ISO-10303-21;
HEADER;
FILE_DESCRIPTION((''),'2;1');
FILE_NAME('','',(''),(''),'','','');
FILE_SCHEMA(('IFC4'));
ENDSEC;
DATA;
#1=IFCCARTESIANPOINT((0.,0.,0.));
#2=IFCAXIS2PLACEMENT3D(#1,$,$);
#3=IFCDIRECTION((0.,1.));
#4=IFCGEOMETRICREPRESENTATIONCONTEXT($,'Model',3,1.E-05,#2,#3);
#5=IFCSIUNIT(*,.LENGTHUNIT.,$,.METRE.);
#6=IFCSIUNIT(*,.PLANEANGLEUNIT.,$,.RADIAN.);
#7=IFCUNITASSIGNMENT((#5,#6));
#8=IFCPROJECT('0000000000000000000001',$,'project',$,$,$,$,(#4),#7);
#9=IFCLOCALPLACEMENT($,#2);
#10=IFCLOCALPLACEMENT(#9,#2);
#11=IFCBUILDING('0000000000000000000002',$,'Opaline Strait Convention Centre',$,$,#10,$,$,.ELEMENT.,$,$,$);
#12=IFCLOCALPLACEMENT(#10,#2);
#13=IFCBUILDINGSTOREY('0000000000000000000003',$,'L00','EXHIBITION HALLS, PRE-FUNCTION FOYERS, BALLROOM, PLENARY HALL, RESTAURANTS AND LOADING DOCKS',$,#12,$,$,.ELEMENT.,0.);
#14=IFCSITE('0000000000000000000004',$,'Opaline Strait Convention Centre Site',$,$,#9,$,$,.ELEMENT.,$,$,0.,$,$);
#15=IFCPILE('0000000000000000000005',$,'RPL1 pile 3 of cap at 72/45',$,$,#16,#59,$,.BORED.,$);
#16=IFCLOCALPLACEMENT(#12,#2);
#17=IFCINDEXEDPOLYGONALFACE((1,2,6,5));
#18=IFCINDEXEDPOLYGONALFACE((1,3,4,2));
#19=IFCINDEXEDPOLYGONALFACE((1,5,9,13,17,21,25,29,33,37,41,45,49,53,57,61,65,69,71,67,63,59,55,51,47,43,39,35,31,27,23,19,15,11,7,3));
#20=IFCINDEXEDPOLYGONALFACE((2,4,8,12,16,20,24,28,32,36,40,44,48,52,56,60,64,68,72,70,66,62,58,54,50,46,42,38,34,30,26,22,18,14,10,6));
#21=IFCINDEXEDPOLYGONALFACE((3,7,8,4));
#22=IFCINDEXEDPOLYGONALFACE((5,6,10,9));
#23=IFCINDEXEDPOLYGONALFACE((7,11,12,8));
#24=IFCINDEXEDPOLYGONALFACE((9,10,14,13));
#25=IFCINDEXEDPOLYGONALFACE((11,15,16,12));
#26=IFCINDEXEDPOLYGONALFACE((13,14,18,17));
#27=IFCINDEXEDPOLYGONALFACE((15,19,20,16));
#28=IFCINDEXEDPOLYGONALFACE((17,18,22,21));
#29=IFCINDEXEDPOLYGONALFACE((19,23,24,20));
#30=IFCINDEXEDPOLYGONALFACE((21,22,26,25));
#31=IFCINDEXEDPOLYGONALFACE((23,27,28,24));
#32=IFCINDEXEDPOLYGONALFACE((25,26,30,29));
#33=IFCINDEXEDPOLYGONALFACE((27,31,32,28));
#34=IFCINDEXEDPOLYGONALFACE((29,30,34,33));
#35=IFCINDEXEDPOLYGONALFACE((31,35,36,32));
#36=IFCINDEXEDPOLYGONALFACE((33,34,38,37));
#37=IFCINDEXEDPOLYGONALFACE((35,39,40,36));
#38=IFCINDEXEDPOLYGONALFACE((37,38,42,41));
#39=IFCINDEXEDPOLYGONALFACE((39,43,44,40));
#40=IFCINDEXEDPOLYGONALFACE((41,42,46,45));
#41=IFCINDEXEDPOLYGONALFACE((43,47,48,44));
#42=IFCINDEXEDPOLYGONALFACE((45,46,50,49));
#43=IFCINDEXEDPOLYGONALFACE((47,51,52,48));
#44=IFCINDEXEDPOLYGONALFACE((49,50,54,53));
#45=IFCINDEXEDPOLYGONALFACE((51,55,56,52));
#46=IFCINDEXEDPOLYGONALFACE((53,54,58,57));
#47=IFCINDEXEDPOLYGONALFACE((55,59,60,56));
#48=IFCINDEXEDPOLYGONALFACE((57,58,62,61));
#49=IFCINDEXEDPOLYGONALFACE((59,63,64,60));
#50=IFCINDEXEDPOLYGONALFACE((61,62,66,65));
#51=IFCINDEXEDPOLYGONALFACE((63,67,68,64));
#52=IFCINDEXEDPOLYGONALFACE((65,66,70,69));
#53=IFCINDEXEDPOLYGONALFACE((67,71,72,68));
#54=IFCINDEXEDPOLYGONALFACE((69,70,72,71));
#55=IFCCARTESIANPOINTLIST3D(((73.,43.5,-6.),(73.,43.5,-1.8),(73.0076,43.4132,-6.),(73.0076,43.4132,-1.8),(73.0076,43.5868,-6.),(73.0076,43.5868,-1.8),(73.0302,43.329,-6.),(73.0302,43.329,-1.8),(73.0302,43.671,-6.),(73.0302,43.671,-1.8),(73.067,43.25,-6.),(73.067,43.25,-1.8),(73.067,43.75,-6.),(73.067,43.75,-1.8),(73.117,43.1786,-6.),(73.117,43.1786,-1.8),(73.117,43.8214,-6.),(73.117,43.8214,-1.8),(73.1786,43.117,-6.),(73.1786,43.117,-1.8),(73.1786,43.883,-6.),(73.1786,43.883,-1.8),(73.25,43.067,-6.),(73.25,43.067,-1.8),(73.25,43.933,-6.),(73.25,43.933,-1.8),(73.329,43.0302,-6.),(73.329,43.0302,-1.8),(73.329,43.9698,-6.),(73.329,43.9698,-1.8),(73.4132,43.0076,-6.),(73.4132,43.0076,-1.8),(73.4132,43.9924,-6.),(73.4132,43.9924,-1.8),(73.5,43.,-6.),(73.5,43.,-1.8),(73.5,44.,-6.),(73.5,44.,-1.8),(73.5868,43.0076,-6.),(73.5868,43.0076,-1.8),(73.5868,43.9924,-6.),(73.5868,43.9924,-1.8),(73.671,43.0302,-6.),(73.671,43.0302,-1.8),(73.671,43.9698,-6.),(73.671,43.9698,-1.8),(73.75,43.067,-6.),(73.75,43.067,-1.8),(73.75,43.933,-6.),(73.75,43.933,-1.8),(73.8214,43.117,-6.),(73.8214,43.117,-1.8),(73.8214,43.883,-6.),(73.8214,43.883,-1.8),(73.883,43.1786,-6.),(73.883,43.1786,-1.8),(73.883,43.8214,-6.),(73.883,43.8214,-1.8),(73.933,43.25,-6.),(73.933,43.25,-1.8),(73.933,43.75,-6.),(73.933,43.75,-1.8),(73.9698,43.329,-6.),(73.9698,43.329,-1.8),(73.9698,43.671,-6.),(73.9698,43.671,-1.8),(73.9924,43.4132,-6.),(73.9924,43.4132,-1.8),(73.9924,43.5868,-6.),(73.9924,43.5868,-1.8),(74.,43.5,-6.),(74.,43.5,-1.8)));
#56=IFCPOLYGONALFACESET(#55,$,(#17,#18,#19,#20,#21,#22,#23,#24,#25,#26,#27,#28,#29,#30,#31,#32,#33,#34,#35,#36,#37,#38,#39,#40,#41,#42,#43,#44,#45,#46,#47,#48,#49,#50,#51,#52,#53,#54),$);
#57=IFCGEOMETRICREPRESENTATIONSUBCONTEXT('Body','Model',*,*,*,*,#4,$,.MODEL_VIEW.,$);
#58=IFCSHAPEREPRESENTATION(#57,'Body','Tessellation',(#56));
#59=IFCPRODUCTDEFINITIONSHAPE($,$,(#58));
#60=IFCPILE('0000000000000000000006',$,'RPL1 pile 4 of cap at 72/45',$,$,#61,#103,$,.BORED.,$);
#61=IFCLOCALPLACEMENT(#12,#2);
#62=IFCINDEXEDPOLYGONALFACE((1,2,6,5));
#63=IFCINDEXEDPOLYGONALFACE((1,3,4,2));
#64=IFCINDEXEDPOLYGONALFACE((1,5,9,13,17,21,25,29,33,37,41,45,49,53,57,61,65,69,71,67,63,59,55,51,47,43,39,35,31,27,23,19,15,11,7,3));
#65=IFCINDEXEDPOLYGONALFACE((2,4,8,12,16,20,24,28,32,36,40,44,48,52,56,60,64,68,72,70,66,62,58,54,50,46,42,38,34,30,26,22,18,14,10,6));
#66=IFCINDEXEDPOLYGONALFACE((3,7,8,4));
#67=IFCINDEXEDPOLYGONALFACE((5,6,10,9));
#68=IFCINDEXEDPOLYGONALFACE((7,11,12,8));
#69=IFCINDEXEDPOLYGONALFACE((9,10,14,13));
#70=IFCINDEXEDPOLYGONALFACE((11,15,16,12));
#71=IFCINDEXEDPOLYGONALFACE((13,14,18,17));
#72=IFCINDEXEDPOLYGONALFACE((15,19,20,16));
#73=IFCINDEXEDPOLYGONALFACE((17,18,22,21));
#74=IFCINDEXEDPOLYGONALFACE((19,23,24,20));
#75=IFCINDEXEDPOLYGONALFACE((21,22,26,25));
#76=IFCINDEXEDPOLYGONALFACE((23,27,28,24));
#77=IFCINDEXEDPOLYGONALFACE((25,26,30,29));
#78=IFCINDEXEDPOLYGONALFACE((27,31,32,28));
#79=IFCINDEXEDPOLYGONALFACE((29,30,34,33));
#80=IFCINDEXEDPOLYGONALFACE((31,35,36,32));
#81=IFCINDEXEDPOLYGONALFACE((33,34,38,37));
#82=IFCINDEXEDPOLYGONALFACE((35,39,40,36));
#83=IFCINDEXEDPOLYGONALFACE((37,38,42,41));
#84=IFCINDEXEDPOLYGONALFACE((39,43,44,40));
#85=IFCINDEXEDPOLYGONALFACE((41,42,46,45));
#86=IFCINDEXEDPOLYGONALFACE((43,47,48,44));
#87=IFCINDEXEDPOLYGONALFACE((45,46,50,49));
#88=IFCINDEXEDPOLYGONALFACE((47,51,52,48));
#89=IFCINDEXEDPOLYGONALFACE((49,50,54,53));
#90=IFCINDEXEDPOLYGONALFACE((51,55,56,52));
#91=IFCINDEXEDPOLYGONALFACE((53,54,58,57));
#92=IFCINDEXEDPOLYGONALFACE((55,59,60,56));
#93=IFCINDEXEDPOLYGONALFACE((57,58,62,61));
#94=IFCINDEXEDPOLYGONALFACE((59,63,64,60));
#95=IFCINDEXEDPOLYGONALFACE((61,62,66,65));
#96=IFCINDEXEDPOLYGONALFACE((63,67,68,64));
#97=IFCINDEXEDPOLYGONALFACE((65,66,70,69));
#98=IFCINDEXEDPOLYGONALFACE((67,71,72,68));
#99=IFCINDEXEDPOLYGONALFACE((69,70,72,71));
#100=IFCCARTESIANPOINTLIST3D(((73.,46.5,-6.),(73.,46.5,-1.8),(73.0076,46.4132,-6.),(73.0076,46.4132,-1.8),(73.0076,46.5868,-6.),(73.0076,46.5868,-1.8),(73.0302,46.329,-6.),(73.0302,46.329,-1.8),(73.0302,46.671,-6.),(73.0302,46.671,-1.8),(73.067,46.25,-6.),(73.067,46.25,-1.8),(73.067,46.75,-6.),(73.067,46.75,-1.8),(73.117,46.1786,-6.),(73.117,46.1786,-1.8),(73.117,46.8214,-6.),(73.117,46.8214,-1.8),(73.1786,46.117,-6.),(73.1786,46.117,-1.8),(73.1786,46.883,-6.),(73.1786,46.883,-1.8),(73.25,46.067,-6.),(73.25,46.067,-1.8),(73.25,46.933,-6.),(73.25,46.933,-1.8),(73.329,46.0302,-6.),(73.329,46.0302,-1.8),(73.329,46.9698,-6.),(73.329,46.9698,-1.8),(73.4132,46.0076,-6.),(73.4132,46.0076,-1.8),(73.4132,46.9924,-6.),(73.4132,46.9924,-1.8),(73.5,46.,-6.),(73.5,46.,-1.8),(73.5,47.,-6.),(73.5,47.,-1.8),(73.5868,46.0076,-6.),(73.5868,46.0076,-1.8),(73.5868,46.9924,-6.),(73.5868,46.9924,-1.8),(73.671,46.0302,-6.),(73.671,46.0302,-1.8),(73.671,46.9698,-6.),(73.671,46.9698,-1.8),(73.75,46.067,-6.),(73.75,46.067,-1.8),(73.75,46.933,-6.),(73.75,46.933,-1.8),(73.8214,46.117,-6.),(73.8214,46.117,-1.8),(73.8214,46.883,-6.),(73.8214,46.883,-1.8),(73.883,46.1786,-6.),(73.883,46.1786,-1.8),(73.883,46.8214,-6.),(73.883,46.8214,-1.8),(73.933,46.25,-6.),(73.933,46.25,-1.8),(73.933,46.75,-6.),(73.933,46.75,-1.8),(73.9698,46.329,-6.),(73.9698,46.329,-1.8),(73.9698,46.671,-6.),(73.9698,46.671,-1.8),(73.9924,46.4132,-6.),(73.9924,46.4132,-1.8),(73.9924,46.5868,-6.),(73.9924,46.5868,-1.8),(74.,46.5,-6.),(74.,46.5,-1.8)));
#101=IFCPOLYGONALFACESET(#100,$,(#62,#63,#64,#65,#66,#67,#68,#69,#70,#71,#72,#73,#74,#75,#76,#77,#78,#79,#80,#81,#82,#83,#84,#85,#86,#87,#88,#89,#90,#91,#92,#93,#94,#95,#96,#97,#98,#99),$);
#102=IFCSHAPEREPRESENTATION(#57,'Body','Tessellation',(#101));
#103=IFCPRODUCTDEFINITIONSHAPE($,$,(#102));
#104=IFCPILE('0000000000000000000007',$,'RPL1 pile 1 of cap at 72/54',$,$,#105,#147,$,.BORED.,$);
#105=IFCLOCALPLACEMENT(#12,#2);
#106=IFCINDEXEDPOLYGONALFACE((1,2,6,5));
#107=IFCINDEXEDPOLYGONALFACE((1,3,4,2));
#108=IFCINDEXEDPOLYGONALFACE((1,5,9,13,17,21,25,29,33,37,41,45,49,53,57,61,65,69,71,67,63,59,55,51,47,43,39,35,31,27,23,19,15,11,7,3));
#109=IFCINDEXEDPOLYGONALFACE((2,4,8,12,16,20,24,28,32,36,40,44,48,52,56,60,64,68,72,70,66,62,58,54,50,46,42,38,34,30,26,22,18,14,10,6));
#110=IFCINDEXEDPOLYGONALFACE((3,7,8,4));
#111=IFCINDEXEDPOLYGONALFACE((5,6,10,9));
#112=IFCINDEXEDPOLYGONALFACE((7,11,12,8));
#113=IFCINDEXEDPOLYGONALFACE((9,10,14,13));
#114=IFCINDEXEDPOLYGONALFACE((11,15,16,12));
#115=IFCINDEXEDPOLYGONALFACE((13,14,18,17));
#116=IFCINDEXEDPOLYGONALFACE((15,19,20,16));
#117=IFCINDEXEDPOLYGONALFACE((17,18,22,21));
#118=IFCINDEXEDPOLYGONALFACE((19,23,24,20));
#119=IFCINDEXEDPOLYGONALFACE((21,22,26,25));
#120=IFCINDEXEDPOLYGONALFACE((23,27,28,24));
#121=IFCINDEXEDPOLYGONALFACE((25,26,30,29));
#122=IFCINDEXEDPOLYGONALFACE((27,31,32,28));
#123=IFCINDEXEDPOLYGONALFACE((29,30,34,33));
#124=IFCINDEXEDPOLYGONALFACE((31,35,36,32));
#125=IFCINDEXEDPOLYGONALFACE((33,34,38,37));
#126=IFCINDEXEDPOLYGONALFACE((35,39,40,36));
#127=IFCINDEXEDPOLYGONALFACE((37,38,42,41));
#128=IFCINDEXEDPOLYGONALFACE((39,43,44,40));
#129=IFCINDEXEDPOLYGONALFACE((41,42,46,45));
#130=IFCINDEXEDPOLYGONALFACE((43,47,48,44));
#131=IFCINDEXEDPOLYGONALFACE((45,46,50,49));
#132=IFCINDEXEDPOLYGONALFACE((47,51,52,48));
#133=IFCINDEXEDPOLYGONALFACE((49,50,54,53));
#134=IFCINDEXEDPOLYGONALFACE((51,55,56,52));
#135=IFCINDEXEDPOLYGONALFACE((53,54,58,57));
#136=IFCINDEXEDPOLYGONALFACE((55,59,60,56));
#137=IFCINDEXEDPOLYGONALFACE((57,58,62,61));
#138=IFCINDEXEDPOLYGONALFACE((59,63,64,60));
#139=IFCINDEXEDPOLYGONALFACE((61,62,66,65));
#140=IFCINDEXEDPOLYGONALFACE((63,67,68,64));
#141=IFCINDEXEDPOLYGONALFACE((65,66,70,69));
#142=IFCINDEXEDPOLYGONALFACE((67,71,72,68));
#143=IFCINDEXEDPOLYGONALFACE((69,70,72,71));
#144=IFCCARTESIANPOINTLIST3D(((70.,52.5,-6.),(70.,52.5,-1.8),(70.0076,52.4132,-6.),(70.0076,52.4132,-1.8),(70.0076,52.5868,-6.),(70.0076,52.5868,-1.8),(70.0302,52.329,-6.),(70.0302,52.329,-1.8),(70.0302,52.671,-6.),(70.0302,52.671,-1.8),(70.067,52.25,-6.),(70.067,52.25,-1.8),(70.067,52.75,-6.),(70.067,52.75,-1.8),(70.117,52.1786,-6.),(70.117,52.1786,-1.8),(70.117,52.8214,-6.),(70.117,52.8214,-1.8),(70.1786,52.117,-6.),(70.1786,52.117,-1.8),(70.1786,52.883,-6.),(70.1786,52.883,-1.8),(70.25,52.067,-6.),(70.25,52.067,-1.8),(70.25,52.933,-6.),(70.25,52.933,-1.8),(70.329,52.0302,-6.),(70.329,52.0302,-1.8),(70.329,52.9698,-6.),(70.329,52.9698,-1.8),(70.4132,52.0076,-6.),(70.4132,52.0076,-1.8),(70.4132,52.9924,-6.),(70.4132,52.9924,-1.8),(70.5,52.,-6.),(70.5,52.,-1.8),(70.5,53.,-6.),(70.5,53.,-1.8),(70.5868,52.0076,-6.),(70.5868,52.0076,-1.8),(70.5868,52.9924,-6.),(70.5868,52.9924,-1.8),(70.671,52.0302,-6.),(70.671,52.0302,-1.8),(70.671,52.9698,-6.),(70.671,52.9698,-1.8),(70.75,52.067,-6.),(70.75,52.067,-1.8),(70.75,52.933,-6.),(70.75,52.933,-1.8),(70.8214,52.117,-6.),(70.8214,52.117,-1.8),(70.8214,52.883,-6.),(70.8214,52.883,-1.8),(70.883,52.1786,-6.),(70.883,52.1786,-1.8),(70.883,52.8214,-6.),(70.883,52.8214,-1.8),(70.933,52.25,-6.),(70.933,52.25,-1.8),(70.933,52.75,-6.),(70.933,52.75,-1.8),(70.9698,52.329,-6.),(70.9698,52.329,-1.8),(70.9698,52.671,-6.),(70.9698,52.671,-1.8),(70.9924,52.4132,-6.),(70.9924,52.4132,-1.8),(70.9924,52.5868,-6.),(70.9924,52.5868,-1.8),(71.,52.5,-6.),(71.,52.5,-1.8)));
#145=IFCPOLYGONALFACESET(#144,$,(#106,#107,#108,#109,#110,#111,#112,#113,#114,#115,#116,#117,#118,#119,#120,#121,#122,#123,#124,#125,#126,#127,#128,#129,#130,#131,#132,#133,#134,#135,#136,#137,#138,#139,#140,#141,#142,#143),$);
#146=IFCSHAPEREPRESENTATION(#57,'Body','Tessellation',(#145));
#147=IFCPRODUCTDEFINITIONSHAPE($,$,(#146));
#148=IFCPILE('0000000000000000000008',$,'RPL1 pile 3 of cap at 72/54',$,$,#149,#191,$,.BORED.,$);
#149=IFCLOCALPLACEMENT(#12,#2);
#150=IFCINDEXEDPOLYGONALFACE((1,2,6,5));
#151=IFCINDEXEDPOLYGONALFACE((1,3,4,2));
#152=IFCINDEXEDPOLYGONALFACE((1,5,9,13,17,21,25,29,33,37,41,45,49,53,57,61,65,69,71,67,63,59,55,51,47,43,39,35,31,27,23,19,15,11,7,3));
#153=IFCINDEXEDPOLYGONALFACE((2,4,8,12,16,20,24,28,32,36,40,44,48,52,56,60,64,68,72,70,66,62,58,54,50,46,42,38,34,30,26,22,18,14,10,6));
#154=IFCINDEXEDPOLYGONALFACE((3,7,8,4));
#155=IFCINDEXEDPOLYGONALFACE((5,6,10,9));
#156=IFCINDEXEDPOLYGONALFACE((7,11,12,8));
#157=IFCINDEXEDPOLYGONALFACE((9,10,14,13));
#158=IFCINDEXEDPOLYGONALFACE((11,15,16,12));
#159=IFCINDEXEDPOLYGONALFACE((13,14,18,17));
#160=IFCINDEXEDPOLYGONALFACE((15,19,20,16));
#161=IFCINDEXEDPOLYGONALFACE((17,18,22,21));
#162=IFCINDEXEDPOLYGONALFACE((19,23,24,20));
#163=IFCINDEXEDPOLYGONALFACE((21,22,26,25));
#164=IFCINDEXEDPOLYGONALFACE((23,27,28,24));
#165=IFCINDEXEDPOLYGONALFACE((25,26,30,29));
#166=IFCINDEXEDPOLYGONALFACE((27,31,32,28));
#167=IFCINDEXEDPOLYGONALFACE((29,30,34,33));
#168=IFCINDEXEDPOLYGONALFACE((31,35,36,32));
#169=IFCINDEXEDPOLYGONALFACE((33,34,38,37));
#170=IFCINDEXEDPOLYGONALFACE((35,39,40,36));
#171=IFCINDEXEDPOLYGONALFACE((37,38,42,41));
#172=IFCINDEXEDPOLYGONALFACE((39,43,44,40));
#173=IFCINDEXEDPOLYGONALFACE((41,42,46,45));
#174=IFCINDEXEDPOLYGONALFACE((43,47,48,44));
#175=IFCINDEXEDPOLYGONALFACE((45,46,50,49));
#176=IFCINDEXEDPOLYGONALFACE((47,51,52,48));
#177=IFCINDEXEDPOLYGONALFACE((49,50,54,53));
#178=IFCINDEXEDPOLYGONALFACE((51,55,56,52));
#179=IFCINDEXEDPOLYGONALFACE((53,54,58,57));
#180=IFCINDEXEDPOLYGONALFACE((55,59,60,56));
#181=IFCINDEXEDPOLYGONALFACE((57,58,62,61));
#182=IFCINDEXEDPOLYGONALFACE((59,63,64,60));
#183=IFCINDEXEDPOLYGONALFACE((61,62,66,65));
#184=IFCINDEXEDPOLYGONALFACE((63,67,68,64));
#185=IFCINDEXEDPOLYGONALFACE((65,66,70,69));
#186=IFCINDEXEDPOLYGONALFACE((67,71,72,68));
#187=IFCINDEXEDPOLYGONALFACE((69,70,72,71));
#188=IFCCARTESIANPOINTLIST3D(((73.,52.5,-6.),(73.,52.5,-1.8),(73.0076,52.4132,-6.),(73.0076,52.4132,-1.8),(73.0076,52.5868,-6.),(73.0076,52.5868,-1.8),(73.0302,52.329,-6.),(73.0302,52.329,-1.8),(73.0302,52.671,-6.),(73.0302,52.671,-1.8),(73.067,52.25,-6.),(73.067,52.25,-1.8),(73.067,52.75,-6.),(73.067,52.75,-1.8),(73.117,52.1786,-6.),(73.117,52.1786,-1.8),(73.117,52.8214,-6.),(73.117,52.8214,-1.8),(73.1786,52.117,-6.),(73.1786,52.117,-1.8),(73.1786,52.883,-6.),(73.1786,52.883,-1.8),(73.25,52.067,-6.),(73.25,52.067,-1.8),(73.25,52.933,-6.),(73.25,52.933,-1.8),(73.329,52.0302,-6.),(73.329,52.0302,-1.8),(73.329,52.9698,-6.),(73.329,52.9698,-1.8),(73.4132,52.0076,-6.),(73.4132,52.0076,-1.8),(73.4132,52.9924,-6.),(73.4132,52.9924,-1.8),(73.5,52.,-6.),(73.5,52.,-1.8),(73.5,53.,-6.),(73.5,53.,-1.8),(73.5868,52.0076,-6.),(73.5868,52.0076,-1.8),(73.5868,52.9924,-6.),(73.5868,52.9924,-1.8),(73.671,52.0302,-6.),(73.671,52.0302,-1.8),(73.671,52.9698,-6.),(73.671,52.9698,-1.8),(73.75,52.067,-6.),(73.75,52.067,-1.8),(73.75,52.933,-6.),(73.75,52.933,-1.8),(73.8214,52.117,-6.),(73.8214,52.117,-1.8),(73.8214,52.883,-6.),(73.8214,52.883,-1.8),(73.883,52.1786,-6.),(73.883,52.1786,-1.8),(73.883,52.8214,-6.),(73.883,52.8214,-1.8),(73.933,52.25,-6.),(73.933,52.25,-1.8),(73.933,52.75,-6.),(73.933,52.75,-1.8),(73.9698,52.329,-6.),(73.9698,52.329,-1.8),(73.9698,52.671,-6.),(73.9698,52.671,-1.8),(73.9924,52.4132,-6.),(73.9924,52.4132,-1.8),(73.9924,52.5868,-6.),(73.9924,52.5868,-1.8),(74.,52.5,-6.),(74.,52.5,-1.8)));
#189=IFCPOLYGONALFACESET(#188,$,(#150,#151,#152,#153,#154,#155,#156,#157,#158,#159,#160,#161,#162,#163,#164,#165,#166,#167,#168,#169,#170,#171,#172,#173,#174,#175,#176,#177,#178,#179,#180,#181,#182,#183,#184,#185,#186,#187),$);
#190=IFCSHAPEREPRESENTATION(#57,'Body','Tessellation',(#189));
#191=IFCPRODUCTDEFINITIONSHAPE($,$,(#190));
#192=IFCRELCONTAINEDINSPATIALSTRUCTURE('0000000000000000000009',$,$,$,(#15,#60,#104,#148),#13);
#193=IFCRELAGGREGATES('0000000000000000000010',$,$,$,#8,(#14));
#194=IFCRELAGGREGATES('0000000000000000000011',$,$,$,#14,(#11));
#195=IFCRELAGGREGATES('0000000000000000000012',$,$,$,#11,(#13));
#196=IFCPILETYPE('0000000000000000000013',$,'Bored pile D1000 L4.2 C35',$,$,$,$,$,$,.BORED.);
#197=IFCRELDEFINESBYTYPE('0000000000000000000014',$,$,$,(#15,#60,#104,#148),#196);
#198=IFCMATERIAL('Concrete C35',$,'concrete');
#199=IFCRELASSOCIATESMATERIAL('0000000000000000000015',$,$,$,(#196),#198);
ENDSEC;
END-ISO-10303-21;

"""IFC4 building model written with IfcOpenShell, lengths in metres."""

from ifc_helpers import new_model, si_unit, direction, frame, origin, origin_2d, place, context, subcontext, project, spatial, circle, extrude, material, material_profile, profile_set, type_object, element, save


model = new_model("IFC4")

# Units and contexts
model_context = context("Model", 3, precision=1e-05, world=origin(), true_north=direction((0.0, 1.0)))
body_context = subcontext(model_context, "Body", "Model", "MODEL_VIEW")
ifc_project = project(units=[si_unit("LENGTHUNIT", "METRE"), si_unit("PLANEANGLEUNIT", "RADIAN")], contexts=[model_context])

# Site, building, storey
site_placement = place(None, origin())
site = spatial("IfcSite", under=ifc_project, at=site_placement, Name="Opaline Strait Convention Centre Site", CompositionType="ELEMENT", RefElevation=0.0)
building_placement = place(site_placement, origin())
building = spatial("IfcBuilding", under=site, at=building_placement, Name="Opaline Strait Convention Centre", CompositionType="ELEMENT")
storey_placement = place(building_placement, origin())
storey = spatial("IfcBuildingStorey", under=building, at=storey_placement, Name="L00", Description="EXHIBITION HALLS, PRE-FUNCTION FOYERS, BALLROOM, PLENARY HALL, RESTAURANTS AND LOADING DOCKS", CompositionType="ELEMENT", Elevation=0.0)

# Piles
ifc_material_1 = material(Name="Concrete C35", Category="concrete")
ifc_material_profile_1 = material_profile(ifc_material_1, circle(Radius=0.5, at=origin_2d()), Name="D1000")
ifc_profile_set_1 = profile_set([ifc_material_profile_1], Name="Concrete C35")
pile_type = type_object("IfcPileType", Name="Bored pile D1000 L4.2 C35", PredefinedType="BORED", material=ifc_profile_set_1)
for number, where, z_axis, x_axis, name in (
    (1, (73.5, 43.5, -1.8), (0.0, 0.0, -1.0), (1.0, 0.0, 0.0), "RPL1 pile 3 of cap at 72/45"),
    (2, (73.5, 46.5, -1.8), (0.0, 0.0, -1.0), (1.0, 0.0, 0.0), "RPL1 pile 4 of cap at 72/45"),
    (3, (70.5, 52.5, -1.8), (0.0, 0.0, -1.0), (1.0, 0.0, 0.0), "RPL1 pile 1 of cap at 72/54"),
    (4, (73.5, 52.5, -1.8), (0.0, 0.0, -1.0), (1.0, 0.0, 0.0), "RPL1 pile 3 of cap at 72/54"),
):
    element("IfcPile", number, at=place(storey_placement, frame(where, z_axis=z_axis, x_axis=x_axis)), inside=storey, type_object=pile_type, Name=name, PredefinedType="BORED", context=body_context, shape_type="SweptSolid", body=[
        extrude(circle(Radius=0.5, at=origin_2d()), origin(), (0.0, 0.0, 1.0), 4.2),
    ])

save(model, "model.ifc")
